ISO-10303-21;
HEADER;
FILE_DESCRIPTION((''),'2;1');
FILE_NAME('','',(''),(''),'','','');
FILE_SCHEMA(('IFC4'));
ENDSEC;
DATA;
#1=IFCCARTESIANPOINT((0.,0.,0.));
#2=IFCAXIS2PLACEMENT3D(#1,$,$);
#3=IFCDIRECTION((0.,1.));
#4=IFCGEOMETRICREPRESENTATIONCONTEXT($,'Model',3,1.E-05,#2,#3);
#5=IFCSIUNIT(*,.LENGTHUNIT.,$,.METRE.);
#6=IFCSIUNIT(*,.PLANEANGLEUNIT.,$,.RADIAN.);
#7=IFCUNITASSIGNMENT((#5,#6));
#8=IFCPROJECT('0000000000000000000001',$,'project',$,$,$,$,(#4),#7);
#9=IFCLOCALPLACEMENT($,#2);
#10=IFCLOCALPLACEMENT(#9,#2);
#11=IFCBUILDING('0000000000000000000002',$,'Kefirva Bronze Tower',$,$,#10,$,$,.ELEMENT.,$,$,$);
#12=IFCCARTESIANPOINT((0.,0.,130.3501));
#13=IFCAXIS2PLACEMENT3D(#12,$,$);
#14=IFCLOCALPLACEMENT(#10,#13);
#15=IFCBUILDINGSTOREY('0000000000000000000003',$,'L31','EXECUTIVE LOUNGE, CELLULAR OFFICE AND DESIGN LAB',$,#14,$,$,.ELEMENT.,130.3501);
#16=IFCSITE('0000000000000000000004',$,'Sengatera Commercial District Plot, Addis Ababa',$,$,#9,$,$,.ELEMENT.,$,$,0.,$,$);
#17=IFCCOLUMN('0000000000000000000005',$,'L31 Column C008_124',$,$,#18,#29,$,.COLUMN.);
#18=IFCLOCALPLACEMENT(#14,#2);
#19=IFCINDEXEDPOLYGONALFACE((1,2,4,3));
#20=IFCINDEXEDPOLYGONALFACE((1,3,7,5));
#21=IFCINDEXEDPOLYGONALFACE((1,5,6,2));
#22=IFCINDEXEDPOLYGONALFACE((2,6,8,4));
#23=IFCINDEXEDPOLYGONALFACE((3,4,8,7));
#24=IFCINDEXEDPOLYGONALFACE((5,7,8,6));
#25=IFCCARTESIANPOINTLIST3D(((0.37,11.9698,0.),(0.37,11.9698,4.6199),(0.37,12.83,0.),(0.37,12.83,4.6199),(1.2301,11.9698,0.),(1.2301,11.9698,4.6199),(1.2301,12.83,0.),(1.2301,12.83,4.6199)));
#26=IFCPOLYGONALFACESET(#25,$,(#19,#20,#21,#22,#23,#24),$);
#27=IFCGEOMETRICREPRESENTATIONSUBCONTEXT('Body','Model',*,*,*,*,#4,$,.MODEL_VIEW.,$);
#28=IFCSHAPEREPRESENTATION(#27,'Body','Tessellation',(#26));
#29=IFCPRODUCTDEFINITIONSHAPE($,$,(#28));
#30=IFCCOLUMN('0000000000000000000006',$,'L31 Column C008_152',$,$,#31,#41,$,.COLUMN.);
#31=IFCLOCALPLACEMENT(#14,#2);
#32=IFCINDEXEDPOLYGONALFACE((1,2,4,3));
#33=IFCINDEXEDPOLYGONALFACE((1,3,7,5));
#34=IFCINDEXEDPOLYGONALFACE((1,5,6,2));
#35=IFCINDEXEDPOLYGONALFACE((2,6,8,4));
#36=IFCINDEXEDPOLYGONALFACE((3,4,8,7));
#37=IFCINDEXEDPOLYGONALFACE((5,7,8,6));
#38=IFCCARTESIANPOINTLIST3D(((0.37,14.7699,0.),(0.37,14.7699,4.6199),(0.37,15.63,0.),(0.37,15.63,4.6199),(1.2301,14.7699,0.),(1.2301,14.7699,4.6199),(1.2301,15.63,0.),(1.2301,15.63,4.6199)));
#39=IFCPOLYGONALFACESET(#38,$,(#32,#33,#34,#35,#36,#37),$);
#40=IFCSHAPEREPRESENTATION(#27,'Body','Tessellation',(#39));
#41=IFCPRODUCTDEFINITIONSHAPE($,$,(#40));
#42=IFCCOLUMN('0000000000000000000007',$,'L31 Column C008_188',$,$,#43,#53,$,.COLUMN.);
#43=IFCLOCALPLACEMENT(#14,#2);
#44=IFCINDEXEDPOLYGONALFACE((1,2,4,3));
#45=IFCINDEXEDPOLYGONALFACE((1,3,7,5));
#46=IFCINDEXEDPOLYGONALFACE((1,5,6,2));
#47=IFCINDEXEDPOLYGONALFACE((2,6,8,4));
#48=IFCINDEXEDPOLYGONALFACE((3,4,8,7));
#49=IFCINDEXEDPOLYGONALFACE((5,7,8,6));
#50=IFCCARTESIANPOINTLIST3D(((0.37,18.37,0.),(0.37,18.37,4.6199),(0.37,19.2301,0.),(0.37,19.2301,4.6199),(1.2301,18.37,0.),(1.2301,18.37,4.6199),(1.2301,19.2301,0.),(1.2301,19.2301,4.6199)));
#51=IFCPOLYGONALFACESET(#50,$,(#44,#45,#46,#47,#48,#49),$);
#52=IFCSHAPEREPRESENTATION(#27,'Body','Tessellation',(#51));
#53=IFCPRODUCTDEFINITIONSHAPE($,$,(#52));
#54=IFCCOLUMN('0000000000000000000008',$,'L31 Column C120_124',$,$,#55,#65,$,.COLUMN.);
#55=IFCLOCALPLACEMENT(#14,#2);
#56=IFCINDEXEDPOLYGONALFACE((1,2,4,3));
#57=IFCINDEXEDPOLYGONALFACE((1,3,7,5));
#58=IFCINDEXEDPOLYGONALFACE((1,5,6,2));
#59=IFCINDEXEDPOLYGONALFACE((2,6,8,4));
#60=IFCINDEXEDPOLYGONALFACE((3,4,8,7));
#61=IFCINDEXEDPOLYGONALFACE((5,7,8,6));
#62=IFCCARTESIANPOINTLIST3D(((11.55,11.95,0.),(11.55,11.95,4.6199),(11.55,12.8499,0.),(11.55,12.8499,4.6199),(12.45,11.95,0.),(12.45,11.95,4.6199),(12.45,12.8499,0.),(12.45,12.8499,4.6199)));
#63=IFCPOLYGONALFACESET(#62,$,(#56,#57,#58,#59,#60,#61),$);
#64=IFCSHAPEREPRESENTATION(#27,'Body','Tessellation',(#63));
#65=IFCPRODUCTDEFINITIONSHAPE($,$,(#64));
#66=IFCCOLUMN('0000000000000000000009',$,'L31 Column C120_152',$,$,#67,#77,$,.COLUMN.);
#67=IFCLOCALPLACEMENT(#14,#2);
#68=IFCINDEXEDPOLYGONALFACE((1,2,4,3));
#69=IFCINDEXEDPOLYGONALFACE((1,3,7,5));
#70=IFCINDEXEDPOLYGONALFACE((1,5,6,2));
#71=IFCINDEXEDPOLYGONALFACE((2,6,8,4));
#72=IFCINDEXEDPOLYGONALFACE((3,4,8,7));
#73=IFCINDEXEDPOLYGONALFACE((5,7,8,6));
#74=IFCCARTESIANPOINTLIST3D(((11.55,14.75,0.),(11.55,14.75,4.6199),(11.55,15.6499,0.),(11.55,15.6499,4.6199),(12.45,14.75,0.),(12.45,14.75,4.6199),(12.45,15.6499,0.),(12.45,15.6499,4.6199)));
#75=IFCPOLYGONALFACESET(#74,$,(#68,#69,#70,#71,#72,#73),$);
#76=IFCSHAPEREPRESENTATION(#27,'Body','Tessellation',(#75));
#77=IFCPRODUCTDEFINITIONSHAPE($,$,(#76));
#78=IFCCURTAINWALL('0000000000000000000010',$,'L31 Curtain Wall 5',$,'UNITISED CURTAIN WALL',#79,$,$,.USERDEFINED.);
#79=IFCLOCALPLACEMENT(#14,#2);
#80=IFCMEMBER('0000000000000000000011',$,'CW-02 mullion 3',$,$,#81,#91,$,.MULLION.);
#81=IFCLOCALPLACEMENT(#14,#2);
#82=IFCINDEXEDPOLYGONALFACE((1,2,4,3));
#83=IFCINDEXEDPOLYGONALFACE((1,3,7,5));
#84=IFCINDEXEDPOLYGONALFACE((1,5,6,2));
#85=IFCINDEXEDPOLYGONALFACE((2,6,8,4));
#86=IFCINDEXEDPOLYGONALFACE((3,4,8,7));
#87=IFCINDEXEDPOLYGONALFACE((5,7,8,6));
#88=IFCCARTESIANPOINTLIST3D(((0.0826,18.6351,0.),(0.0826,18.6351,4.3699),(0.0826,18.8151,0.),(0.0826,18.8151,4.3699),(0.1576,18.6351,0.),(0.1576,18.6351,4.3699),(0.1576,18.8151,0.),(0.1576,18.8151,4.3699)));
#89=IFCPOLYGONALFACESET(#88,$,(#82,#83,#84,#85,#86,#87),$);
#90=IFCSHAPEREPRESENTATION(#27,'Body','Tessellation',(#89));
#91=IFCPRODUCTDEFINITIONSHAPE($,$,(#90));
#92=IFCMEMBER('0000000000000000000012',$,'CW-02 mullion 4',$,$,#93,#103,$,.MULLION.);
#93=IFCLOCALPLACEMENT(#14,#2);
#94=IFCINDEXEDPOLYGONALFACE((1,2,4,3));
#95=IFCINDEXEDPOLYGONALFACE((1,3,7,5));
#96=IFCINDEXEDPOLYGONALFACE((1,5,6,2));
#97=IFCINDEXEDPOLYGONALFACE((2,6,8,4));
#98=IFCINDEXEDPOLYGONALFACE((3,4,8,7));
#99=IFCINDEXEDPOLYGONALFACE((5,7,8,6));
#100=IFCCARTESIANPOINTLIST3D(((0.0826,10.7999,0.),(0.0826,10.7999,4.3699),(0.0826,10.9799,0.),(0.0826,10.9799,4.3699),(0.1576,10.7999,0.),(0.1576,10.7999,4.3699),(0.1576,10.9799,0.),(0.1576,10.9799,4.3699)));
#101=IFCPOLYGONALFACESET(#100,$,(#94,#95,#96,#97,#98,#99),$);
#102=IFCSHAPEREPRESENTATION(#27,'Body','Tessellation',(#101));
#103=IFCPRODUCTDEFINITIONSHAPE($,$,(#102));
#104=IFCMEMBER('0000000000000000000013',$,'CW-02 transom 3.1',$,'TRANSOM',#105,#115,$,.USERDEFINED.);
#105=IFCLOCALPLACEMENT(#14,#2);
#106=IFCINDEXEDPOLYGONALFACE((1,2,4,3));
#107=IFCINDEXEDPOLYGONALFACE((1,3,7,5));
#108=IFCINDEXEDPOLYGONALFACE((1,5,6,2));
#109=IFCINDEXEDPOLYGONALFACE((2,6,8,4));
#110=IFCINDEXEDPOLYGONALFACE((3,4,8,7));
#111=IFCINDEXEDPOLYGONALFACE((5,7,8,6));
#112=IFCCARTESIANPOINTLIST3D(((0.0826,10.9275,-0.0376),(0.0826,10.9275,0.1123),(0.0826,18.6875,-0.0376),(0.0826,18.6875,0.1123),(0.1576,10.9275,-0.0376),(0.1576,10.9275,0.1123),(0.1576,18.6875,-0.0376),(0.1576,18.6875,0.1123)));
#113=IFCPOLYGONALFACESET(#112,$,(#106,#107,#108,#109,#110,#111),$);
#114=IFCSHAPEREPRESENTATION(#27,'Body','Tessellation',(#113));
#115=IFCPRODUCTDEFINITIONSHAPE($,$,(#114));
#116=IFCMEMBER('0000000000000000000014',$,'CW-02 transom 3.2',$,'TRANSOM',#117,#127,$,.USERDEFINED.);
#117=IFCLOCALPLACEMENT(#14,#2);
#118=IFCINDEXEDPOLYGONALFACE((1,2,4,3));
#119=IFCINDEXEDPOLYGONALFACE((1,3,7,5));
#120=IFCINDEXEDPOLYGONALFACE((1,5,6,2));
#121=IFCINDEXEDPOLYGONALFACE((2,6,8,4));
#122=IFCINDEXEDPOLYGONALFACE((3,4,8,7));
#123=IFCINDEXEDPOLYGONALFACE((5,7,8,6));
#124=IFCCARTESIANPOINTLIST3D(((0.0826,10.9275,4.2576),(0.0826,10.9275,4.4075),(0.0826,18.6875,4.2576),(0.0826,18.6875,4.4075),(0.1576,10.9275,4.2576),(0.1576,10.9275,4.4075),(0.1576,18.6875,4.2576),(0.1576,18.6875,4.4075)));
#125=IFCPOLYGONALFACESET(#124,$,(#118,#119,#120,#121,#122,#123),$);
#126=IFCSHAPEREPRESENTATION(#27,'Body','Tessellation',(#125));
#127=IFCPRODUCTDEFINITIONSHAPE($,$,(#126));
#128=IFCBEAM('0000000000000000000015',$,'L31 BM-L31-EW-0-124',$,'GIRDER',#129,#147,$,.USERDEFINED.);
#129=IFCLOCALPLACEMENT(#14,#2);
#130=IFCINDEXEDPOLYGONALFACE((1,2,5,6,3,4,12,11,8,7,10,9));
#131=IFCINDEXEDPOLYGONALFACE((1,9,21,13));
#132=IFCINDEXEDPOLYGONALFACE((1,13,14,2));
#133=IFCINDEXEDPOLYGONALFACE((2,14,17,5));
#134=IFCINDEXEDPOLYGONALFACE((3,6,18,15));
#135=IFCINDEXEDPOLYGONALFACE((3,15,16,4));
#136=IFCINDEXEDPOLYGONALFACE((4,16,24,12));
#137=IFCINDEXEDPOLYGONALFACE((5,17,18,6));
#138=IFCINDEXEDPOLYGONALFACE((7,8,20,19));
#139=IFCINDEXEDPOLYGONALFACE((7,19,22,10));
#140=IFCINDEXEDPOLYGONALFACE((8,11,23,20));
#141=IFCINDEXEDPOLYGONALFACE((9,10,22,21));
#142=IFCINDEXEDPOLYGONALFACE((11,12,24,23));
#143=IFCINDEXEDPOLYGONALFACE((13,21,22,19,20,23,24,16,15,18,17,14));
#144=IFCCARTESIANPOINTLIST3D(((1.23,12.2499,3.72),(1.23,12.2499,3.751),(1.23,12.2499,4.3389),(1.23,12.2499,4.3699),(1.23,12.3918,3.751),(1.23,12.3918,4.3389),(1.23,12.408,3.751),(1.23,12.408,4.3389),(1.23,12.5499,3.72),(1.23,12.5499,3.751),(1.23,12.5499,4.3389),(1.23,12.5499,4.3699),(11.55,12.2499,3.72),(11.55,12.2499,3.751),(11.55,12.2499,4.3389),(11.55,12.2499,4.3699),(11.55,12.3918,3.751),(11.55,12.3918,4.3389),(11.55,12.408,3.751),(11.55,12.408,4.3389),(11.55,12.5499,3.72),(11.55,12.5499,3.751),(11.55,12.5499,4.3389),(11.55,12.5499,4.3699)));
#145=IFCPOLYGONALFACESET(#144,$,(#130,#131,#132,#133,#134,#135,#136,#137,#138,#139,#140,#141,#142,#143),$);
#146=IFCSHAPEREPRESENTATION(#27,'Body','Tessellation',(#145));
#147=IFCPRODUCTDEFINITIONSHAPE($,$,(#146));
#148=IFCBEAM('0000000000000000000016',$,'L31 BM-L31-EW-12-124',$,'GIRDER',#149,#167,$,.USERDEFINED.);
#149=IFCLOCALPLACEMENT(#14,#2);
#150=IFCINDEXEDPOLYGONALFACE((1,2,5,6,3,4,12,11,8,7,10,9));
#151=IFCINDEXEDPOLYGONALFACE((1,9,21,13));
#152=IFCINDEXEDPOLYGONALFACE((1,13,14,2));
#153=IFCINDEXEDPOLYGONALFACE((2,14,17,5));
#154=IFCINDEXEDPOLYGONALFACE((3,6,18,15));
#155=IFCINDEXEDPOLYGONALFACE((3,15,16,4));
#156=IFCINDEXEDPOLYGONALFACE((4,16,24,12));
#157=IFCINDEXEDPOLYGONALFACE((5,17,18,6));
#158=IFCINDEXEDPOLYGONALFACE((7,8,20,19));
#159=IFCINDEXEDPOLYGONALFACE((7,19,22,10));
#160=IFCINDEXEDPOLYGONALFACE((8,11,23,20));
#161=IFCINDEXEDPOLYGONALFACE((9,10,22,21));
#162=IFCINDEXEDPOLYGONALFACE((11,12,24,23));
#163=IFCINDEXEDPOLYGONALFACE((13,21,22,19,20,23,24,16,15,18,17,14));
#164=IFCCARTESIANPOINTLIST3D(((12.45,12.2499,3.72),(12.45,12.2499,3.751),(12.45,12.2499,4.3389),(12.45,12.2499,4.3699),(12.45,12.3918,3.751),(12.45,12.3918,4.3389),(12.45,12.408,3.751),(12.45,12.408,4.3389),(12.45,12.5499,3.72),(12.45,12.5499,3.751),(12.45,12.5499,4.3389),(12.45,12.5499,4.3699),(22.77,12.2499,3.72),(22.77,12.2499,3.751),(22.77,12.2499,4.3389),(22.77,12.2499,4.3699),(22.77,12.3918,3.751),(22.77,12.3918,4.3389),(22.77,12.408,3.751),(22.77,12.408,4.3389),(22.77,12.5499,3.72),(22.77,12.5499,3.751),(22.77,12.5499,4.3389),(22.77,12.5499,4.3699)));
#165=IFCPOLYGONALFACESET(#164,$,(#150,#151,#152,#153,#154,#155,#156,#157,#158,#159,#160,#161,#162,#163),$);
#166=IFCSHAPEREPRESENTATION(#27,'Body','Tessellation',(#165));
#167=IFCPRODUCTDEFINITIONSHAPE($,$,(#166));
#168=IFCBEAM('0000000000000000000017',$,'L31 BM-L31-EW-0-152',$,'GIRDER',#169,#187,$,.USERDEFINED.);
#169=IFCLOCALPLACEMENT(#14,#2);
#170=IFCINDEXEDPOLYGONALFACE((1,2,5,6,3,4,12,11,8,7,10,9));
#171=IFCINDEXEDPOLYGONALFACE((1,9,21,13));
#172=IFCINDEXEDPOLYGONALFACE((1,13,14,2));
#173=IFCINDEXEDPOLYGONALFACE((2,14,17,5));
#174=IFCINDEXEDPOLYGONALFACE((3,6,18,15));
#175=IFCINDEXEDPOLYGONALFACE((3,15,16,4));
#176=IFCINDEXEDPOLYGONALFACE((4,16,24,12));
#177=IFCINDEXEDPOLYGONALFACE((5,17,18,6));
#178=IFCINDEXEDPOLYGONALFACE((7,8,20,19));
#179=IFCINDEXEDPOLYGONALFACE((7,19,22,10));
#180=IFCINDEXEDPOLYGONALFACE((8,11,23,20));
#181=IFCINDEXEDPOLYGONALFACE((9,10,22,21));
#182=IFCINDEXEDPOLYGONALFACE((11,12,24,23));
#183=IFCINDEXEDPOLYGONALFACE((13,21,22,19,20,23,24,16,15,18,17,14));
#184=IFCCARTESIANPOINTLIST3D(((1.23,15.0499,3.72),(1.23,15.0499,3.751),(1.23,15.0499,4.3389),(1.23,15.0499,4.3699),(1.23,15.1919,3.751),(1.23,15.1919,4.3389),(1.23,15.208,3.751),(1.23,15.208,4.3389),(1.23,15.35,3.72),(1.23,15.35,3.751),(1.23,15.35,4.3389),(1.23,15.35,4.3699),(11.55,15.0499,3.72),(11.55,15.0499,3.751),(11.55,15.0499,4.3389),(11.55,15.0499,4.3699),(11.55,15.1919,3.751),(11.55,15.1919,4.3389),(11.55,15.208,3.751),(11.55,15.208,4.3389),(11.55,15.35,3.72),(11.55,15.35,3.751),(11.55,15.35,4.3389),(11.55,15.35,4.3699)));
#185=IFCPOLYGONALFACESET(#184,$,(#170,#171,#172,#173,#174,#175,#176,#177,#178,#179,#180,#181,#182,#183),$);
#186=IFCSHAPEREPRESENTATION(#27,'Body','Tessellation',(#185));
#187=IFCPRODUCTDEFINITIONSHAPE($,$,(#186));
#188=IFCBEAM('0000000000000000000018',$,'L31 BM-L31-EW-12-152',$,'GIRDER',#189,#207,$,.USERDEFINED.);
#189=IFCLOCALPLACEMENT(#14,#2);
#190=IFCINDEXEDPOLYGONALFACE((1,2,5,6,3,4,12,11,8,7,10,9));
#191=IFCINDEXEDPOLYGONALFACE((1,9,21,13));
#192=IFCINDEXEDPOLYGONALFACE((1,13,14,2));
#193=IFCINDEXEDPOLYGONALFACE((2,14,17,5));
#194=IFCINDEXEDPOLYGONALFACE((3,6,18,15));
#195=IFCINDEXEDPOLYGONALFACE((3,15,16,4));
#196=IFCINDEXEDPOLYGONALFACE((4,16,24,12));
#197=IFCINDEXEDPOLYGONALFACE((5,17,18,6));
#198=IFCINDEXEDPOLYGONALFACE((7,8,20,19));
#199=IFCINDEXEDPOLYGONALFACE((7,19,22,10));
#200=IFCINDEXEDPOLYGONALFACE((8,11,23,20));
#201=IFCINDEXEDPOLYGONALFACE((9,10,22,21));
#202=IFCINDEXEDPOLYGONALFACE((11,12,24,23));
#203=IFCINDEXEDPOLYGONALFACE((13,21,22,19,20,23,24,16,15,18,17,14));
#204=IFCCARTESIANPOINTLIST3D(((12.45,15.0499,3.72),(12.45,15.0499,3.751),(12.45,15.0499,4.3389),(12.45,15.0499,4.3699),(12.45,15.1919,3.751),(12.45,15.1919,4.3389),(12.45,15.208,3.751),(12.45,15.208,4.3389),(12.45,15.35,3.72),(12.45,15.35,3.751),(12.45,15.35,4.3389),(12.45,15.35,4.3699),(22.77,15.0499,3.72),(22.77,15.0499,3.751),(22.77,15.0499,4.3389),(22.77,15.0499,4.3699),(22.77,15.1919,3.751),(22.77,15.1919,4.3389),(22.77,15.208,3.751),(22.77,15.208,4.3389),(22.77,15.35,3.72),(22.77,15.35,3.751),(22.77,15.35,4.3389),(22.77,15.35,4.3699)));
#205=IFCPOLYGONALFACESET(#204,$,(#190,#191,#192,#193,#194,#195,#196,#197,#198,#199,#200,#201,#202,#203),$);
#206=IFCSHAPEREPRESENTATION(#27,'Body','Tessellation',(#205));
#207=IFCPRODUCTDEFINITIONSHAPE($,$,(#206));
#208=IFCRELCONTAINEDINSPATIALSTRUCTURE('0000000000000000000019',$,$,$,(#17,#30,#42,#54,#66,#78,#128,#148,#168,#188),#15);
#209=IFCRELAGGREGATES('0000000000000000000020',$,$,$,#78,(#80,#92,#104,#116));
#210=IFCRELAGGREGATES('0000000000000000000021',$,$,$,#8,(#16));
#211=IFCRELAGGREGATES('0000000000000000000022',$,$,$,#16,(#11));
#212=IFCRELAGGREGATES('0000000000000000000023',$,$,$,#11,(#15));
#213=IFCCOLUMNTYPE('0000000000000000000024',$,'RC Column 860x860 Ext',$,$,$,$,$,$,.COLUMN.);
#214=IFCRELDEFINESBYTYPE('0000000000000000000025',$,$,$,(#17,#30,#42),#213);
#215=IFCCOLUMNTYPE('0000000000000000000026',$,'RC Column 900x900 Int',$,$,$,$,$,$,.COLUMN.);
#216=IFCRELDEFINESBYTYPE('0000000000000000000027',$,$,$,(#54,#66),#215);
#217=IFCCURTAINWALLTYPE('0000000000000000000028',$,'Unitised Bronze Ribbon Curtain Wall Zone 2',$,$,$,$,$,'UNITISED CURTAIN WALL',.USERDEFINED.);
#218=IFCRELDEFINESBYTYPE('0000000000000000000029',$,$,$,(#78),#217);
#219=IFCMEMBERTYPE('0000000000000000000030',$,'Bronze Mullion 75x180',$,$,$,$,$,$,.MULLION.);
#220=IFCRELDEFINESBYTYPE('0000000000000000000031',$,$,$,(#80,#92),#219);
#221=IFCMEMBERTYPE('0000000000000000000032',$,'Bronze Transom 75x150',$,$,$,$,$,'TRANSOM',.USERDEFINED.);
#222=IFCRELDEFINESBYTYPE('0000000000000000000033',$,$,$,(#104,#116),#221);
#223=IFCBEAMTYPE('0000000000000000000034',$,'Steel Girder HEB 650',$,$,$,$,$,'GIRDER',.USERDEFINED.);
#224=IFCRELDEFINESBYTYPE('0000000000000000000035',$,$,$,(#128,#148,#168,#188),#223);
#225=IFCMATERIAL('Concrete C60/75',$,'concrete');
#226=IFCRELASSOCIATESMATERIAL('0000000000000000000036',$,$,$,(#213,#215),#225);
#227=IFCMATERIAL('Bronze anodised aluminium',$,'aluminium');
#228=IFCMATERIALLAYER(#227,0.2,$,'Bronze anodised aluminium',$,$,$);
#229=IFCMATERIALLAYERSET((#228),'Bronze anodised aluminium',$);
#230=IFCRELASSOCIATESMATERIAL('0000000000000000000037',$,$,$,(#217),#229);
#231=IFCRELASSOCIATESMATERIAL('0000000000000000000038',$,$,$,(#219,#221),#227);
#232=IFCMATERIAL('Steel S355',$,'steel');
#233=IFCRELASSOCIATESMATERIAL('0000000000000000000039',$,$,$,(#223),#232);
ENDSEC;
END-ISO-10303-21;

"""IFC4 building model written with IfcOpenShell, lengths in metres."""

from ifc_helpers import new_model, si_unit, direction, frame, origin, origin_2d, place, context, subcontext, project, spatial, rectangle, i_section, extrude, material, layer, layer_set, material_profile, profile_set, type_object, element, aggregate, save


model = new_model("IFC4")

# Units and contexts
model_context = context("Model", 3, precision=1e-05, world=origin(), true_north=direction((0.0, 1.0)))
body_context = subcontext(model_context, "Body", "Model", "MODEL_VIEW")
ifc_project = project(units=[si_unit("LENGTHUNIT", "METRE"), si_unit("PLANEANGLEUNIT", "RADIAN")], contexts=[model_context])

# Site, building, storey
site_placement = place(None, origin())
site = spatial("IfcSite", under=ifc_project, at=site_placement, Name="Sengatera Commercial District Plot, Addis Ababa", CompositionType="ELEMENT", RefElevation=0.0)
building_placement = place(site_placement, origin())
building = spatial("IfcBuilding", under=site, at=building_placement, Name="Kefirva Bronze Tower", CompositionType="ELEMENT")
storey_placement = place(building_placement, frame((0.0, 0.0, 130.3501)))
storey = spatial("IfcBuildingStorey", under=building, at=storey_placement, Name="L31", Description="EXECUTIVE LOUNGE, CELLULAR OFFICE AND DESIGN LAB", CompositionType="ELEMENT", Elevation=130.3501)

# Columns
ifc_material_1 = material(Name="Concrete C60/75", Category="concrete")
ifc_material_profile_1 = material_profile(ifc_material_1, rectangle(XDim=0.8601, YDim=0.8601, at=origin_2d()), Name="RC 860x860")
ifc_profile_set_1 = profile_set([ifc_material_profile_1], Name="Concrete C60/75")
column_type_1 = type_object("IfcColumnType", Name="RC Column 860x860 Ext", PredefinedType="COLUMN", material=ifc_profile_set_1)
for number, where, z_axis, x_axis, name in (
    (1, (0.8, 12.3999, 0.0), (0.0, 0.0, 1.0), (1.0, 0.0, 0.0), "L31 Column C008_124"),
    (2, (0.8, 15.2, 0.0), (0.0, 0.0, 1.0), (1.0, 0.0, 0.0), "L31 Column C008_152"),
    (3, (0.8, 18.8, 0.0), (0.0, 0.0, 1.0), (1.0, 0.0, 0.0), "L31 Column C008_188"),
):
    element("IfcColumn", number, at=place(storey_placement, frame(where, z_axis=z_axis, x_axis=x_axis)), inside=storey, type_object=column_type_1, Name=name, PredefinedType="COLUMN", context=body_context, shape_type="SweptSolid", body=[
        extrude(rectangle(XDim=0.8601, YDim=0.8601, at=origin_2d()), origin(), (0.0, 0.0, 1.0), 4.6199),
    ])
ifc_material_profile_2 = material_profile(ifc_material_1, rectangle(XDim=0.8999, YDim=0.8999, at=origin_2d()), Name="RC 900x900")
ifc_profile_set_2 = profile_set([ifc_material_profile_2], Name="Concrete C60/75")
column_type_2 = type_object("IfcColumnType", Name="RC Column 900x900 Int", PredefinedType="COLUMN", material=ifc_profile_set_2)
for number, where, z_axis, x_axis, name in (
    (4, (12.0, 12.3999, 0.0), (0.0, 0.0, 1.0), (1.0, 0.0, 0.0), "L31 Column C120_124"),
    (5, (12.0, 15.2, 0.0), (0.0, 0.0, 1.0), (1.0, 0.0, 0.0), "L31 Column C120_152"),
):
    element("IfcColumn", number, at=place(storey_placement, frame(where, z_axis=z_axis, x_axis=x_axis)), inside=storey, type_object=column_type_2, Name=name, PredefinedType="COLUMN", context=body_context, shape_type="SweptSolid", body=[
        extrude(rectangle(XDim=0.8999, YDim=0.8999, at=origin_2d()), origin(), (0.0, 0.0, 1.0), 4.6199),
    ])

# Curtain wall, members
ifc_material_2 = material(Name="Bronze anodised aluminium", Category="aluminium")
ifc_layer_1 = layer(ifc_material_2, 0.2, Name="Bronze anodised aluminium")
ifc_layer_set_1 = layer_set([ifc_layer_1], Name="Bronze anodised aluminium")
curtain_wall_type = type_object("IfcCurtainWallType", Name="Unitised Bronze Ribbon Curtain Wall Zone 2", ElementType="UNITISED CURTAIN WALL", PredefinedType="USERDEFINED", material=ifc_layer_set_1)
curtain_wall_placement = place(storey_placement, origin())
curtain_wall = element("IfcCurtainWall", 6, at=curtain_wall_placement, inside=storey, type_object=curtain_wall_type, Name="L31 Curtain Wall 5", ObjectType="UNITISED CURTAIN WALL", PredefinedType="USERDEFINED")
ifc_material_profile_3 = material_profile(ifc_material_2, rectangle(XDim=0.075, YDim=0.1799, at=origin_2d()), Name="ALU 75x180")
ifc_profile_set_3 = profile_set([ifc_material_profile_3], Name="Bronze anodised aluminium")
member_type_1 = type_object("IfcMemberType", Name="Bronze Mullion 75x180", PredefinedType="MULLION", material=ifc_profile_set_3)
member_1_placement = place(storey_placement, frame((0.1201, 18.7251, 0.0), z_axis=(0.0, 0.0, 1.0), x_axis=(1.0, 0.0, 0.0)))
member_1 = element("IfcMember", 7, at=member_1_placement, type_object=member_type_1, Name="CW-02 mullion 3", PredefinedType="MULLION", context=body_context, shape_type="SweptSolid", body=[
    extrude(rectangle(XDim=0.075, YDim=0.1799, at=origin_2d()), origin(), (0.0, 0.0, 1.0), 4.3699),
])
member_2_placement = place(storey_placement, frame((0.1201, 10.8899, 0.0), z_axis=(0.0, 0.0, 1.0), x_axis=(1.0, 0.0, 0.0)))
member_2 = element("IfcMember", 8, at=member_2_placement, type_object=member_type_1, Name="CW-02 mullion 4", PredefinedType="MULLION", context=body_context, shape_type="SweptSolid", body=[
    extrude(rectangle(XDim=0.075, YDim=0.1799, at=origin_2d()), origin(), (0.0, 0.0, 1.0), 4.3699),
])
ifc_material_profile_4 = material_profile(ifc_material_2, rectangle(XDim=0.075, YDim=0.1499, at=origin_2d()), Name="ALU 75x150")
ifc_profile_set_4 = profile_set([ifc_material_profile_4], Name="Bronze anodised aluminium")
member_type_2 = type_object("IfcMemberType", Name="Bronze Transom 75x150", ElementType="TRANSOM", PredefinedType="USERDEFINED", material=ifc_profile_set_4)
member_3_placement = place(storey_placement, frame((0.1201, 18.6875, 0.0374), z_axis=(0.0, -1.0, 0.0), x_axis=(1.0, 0.0, 0.0)))
member_3 = element("IfcMember", 9, at=member_3_placement, type_object=member_type_2, Name="CW-02 transom 3.1", ObjectType="TRANSOM", PredefinedType="USERDEFINED", context=body_context, shape_type="SweptSolid", body=[
    extrude(rectangle(XDim=0.075, YDim=0.1499, at=origin_2d()), origin(), (0.0, 0.0, 1.0), 7.76),
])
member_4_placement = place(storey_placement, frame((0.1201, 18.6875, 4.3325), z_axis=(0.0, -1.0, 0.0), x_axis=(1.0, 0.0, 0.0)))
member_4 = element("IfcMember", 10, at=member_4_placement, type_object=member_type_2, Name="CW-02 transom 3.2", ObjectType="TRANSOM", PredefinedType="USERDEFINED", context=body_context, shape_type="SweptSolid", body=[
    extrude(rectangle(XDim=0.075, YDim=0.1499, at=origin_2d()), origin(), (0.0, 0.0, 1.0), 7.76),
])

# Beams
ifc_material_3 = material(Name="Steel S355", Category="steel")
ifc_material_profile_5 = material_profile(ifc_material_3, i_section(OverallWidth=0.3, OverallDepth=0.6499, WebThickness=0.0161, FlangeThickness=0.031, at=origin_2d()), Name="HEB 650")
ifc_profile_set_5 = profile_set([ifc_material_profile_5], Name="Steel S355")
beam_type_1 = type_object("IfcBeamType", Name="Steel Girder HEB 650", ElementType="GIRDER", PredefinedType="USERDEFINED", material=ifc_profile_set_5)
for number, where, z_axis, x_axis, name in (
    (11, (1.23, 12.3999, 4.0449), (1.0, 0.0, 0.0), (0.0, 1.0, 0.0), "L31 BM-L31-EW-0-124"),
    (12, (12.45, 12.3999, 4.0449), (1.0, 0.0, 0.0), (0.0, 1.0, 0.0), "L31 BM-L31-EW-12-124"),
    (13, (1.23, 15.2, 4.0449), (1.0, 0.0, 0.0), (0.0, 1.0, 0.0), "L31 BM-L31-EW-0-152"),
    (14, (12.45, 15.2, 4.0449), (1.0, 0.0, 0.0), (0.0, 1.0, 0.0), "L31 BM-L31-EW-12-152"),
):
    element("IfcBeam", number, at=place(storey_placement, frame(where, z_axis=z_axis, x_axis=x_axis)), inside=storey, type_object=beam_type_1, Name=name, ObjectType="GIRDER", PredefinedType="USERDEFINED", context=body_context, shape_type="SweptSolid", body=[
        extrude(i_section(OverallWidth=0.3, OverallDepth=0.6499, WebThickness=0.0161, FlangeThickness=0.031, at=origin_2d()), origin(), (0.0, 0.0, 1.0), 10.3201),
    ])

aggregate(curtain_wall, [member_1, member_2, member_3, member_4])

save(model, "model.ifc")
